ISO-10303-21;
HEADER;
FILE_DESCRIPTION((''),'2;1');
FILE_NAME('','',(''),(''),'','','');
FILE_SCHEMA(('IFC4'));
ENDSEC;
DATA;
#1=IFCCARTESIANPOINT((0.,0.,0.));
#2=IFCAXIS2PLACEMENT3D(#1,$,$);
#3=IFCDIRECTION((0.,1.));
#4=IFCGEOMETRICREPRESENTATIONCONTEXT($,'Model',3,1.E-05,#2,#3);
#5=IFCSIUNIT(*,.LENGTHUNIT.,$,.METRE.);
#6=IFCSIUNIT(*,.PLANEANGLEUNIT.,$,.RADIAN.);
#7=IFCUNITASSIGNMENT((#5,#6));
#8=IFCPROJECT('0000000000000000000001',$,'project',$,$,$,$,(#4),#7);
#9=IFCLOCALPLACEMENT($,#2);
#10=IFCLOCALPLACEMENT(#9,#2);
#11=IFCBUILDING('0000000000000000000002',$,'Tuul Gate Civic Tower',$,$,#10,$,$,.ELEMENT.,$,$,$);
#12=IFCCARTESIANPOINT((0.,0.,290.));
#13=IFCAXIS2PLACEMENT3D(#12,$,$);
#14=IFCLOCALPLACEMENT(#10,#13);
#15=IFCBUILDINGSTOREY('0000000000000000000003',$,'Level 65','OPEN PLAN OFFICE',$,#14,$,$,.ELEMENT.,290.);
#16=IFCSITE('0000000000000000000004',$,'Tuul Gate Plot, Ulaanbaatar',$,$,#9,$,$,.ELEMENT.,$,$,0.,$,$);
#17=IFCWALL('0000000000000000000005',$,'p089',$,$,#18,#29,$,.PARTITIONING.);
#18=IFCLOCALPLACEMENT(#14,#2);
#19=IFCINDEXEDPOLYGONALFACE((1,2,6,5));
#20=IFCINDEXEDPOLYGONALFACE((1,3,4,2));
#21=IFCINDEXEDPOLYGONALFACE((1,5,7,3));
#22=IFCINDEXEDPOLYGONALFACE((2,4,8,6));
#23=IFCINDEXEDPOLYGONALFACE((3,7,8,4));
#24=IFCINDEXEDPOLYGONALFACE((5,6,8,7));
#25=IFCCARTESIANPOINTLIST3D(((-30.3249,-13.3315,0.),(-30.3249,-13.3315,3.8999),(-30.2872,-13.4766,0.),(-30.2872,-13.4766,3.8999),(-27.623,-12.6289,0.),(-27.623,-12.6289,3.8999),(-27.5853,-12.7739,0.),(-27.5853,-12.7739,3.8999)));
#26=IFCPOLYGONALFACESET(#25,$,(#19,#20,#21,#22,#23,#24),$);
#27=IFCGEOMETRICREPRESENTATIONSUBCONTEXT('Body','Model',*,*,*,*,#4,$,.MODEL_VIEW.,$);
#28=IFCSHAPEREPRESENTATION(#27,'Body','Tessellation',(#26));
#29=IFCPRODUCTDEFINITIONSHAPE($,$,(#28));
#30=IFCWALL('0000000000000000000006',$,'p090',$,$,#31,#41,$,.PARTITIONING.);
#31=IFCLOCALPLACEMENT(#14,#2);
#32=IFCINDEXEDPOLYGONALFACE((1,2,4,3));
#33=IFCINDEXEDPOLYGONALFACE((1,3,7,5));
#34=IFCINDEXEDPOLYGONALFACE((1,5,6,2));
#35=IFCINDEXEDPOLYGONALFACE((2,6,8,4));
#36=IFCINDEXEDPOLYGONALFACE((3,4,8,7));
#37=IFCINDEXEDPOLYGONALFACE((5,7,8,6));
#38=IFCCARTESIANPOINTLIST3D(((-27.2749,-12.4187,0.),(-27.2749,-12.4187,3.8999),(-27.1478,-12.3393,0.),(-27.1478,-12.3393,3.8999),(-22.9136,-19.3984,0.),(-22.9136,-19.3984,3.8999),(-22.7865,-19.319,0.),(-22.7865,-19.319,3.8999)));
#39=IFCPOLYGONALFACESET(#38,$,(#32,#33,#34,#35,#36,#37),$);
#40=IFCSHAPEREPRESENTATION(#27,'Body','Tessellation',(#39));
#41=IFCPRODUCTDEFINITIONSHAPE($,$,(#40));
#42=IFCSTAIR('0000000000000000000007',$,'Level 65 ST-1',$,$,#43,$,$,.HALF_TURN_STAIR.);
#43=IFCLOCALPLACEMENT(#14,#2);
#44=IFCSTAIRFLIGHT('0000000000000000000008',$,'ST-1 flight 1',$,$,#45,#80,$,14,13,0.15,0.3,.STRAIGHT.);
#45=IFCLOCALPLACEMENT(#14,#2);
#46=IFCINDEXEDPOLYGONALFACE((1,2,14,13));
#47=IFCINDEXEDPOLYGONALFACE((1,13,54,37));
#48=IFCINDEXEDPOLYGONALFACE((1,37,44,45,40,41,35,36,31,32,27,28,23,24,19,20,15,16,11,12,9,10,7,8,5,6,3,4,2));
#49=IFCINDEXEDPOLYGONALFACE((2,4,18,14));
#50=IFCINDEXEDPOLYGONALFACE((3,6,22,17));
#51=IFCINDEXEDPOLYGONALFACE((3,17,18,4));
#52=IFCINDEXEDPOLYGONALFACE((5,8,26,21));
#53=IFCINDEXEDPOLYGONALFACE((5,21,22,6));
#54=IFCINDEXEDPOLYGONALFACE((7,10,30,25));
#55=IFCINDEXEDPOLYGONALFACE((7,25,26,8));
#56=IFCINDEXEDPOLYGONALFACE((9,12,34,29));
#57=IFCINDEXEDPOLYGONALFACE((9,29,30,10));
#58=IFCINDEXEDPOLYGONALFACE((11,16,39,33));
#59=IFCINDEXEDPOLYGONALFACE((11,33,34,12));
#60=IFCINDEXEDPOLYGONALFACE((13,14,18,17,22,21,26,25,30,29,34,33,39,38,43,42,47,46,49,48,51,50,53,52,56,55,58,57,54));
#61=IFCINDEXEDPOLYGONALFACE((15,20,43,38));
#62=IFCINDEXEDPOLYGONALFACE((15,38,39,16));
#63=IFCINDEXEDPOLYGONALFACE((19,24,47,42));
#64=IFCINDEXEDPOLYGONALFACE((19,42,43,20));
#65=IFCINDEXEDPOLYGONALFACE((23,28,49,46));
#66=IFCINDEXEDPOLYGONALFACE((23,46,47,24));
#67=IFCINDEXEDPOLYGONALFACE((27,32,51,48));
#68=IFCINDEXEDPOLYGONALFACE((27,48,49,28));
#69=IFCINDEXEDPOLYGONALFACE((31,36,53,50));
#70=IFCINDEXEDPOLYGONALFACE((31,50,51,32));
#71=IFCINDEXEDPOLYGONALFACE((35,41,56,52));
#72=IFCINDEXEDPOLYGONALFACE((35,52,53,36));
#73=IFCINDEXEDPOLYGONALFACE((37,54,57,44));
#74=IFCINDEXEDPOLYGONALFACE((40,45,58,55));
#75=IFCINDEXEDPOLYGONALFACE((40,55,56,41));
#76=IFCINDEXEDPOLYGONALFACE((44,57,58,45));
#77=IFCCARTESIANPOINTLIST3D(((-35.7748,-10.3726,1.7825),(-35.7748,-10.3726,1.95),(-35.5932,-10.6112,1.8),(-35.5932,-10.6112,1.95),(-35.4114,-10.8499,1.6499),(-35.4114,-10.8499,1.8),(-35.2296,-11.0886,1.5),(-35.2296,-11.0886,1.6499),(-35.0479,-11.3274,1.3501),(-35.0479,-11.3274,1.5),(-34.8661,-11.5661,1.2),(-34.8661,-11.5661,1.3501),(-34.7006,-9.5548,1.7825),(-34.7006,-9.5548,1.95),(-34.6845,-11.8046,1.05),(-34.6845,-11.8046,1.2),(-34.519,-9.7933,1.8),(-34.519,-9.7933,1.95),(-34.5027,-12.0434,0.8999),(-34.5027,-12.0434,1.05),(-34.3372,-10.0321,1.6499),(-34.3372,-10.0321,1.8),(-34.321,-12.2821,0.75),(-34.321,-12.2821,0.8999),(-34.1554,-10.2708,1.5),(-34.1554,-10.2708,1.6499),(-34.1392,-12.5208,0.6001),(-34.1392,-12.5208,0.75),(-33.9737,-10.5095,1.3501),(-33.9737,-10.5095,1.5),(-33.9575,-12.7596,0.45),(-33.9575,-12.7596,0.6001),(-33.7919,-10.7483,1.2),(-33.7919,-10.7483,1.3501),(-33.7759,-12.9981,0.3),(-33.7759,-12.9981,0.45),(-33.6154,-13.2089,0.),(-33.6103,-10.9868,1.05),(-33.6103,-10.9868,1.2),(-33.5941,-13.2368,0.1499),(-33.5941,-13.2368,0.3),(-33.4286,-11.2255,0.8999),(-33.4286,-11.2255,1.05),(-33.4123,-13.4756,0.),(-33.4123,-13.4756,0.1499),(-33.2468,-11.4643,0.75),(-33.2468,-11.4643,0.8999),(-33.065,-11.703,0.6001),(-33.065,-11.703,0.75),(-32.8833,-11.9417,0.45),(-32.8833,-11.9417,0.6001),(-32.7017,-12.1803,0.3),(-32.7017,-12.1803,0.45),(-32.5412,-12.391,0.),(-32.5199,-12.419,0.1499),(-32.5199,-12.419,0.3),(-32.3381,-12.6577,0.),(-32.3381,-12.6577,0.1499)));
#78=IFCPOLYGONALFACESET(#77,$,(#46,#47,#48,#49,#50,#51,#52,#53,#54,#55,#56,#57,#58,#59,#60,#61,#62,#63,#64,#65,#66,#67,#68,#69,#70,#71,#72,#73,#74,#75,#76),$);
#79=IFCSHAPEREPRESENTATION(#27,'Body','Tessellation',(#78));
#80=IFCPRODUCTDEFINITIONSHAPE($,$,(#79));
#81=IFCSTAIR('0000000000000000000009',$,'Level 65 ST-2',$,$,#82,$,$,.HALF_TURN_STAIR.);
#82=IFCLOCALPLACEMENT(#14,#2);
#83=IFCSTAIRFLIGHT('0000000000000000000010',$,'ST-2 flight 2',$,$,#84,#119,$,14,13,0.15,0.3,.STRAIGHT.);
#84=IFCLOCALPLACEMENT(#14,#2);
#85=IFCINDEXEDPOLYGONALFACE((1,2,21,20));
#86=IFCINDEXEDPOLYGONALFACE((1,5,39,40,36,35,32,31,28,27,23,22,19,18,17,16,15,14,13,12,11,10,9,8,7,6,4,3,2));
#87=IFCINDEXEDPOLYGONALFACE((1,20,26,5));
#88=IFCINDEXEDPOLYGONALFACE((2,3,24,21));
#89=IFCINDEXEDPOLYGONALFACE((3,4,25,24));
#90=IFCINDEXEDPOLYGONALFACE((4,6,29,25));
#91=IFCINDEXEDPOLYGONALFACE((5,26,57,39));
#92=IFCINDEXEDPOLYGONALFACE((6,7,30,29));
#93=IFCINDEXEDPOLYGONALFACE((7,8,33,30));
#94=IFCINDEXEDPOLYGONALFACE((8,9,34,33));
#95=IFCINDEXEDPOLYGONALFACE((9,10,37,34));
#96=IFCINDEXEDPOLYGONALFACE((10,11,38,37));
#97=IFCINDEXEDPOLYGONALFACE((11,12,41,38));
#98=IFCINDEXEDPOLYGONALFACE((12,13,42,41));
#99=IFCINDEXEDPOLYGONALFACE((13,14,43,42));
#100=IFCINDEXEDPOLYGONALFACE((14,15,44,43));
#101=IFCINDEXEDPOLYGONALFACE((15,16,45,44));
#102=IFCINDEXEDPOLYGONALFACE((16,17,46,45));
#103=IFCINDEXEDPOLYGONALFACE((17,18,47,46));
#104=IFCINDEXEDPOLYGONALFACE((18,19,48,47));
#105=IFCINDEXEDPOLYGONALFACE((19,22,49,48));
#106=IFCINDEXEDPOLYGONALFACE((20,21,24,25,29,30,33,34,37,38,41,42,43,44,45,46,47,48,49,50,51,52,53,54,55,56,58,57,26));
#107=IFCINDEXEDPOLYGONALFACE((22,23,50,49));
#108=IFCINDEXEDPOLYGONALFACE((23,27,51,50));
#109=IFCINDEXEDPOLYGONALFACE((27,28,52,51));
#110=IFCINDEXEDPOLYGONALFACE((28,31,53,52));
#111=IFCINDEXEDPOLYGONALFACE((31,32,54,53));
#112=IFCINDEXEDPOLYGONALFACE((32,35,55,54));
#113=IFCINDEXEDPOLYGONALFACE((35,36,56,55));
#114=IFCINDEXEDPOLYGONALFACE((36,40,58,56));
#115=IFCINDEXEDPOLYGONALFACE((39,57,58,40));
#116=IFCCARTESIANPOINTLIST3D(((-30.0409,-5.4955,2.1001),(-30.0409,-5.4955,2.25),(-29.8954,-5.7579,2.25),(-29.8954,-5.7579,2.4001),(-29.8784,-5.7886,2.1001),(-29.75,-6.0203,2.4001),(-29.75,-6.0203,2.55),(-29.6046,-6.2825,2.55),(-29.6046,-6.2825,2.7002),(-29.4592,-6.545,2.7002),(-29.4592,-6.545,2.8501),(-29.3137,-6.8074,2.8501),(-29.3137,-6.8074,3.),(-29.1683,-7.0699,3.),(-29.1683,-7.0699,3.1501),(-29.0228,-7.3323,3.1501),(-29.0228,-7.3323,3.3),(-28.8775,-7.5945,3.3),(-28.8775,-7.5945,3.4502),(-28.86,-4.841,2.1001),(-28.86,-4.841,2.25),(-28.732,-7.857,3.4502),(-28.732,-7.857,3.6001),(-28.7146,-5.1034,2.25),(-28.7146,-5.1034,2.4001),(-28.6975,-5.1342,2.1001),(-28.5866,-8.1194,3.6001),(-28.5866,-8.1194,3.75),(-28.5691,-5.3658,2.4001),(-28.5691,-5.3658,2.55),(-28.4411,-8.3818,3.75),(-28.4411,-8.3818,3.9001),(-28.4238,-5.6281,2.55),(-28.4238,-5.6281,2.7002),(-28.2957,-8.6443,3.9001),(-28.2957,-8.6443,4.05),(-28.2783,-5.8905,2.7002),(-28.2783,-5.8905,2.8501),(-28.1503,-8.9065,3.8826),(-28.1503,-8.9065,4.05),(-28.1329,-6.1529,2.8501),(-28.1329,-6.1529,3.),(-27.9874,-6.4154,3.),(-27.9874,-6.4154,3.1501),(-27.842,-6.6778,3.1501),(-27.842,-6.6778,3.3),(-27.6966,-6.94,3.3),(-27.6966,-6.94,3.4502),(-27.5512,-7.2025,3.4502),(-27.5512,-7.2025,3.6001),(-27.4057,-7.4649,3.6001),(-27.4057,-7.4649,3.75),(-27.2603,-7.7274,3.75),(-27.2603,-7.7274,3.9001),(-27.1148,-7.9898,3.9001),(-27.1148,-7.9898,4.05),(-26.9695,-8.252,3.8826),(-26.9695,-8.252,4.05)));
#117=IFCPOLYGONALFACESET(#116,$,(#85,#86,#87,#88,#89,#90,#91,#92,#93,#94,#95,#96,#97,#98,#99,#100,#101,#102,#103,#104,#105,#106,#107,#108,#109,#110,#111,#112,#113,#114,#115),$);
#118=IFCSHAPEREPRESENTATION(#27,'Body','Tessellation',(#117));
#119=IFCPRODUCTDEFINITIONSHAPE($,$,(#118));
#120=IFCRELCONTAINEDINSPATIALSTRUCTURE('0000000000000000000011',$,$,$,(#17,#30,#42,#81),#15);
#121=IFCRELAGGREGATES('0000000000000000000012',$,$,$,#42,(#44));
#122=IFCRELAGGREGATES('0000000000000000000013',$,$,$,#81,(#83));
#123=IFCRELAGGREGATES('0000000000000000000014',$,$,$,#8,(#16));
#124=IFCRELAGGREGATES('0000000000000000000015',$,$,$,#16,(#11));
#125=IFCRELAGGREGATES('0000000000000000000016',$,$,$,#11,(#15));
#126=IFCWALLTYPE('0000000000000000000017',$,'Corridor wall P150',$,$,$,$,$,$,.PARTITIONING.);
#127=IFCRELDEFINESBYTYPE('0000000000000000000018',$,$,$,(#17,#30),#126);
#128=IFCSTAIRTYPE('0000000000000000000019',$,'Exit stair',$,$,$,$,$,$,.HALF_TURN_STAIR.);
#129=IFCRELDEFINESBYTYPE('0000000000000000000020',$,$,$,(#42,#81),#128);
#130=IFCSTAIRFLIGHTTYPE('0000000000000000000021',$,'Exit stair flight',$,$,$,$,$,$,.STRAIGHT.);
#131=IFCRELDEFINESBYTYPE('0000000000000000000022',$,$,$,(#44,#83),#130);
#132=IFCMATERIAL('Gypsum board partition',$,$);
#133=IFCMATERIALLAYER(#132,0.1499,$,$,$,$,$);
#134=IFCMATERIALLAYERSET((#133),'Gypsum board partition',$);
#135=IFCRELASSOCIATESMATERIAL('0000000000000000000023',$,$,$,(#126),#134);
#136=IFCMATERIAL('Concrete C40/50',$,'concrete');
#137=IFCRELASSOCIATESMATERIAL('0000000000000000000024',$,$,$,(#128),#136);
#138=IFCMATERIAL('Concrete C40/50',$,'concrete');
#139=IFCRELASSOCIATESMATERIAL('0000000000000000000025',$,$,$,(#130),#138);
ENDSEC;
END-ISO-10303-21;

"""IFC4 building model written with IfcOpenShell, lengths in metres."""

from ifc_helpers import new_model, si_unit, direction, frame, frame_2d, origin, place, context, subcontext, project, spatial, polyline, rectangle, outline, extrude, material, layer, layer_set, type_object, element, aggregate, save


model = new_model("IFC4")

# Units and contexts
model_context = context("Model", 3, precision=1e-05, world=origin(), true_north=direction((0.0, 1.0)))
body_context = subcontext(model_context, "Body", "Model", "MODEL_VIEW")
ifc_project = project(units=[si_unit("LENGTHUNIT", "METRE"), si_unit("PLANEANGLEUNIT", "RADIAN")], contexts=[model_context])

# Site, building, storey
site_placement = place(None, origin())
site = spatial("IfcSite", under=ifc_project, at=site_placement, Name="Tuul Gate Plot, Ulaanbaatar", CompositionType="ELEMENT", RefElevation=0.0)
building_placement = place(site_placement, origin())
building = spatial("IfcBuilding", under=site, at=building_placement, Name="Tuul Gate Civic Tower", CompositionType="ELEMENT")
storey_placement = place(building_placement, frame((0.0, 0.0, 290.0)))
storey = spatial("IfcBuildingStorey", under=building, at=storey_placement, Name="Level 65", Description="OPEN PLAN OFFICE", CompositionType="ELEMENT", Elevation=290.0)

# Walls
ifc_material_1 = material(Name="Gypsum board partition")
ifc_layer_1 = layer(ifc_material_1, 0.1499)
ifc_layer_set_1 = layer_set([ifc_layer_1], Name="Gypsum board partition")
wall_type_1 = type_object("IfcWallType", Name="Corridor wall P150", PredefinedType="PARTITIONING", material=ifc_layer_set_1)
wall_1_placement = place(storey_placement, frame((-30.3062, -13.4041, 0.0), z_axis=(0.0, 0.0, 1.0), x_axis=(0.96781, 0.251681, 0.0)))
element("IfcWall", 1, at=wall_1_placement, inside=storey, type_object=wall_type_1, Name="p089", PredefinedType="PARTITIONING", context=body_context, shape_type="SweptSolid", body=[
    extrude(rectangle(XDim=2.7917, YDim=0.1499, at=frame_2d((1.396, 0.0))), origin(), (0.0, 0.0, 1.0), 3.8999),
])
wall_2_placement = place(storey_placement, frame((-27.2114, -12.3789, 0.0), z_axis=(0.0, 0.0, 1.0), x_axis=(0.529911, -0.848053, 0.0)))
element("IfcWall", 2, at=wall_2_placement, inside=storey, type_object=wall_type_1, Name="p090", PredefinedType="PARTITIONING", context=body_context, shape_type="SweptSolid", body=[
    extrude(rectangle(XDim=8.2302, YDim=0.1499, at=frame_2d((4.1152, 0.0))), origin(), (0.0, 0.0, 1.0), 3.8999),
])

# Stairs, stair flights
ifc_material_2 = material(Name="Concrete C40/50", Category="concrete")
stair_type = type_object("IfcStairType", Name="Exit stair", PredefinedType="HALF_TURN_STAIR", material=ifc_material_2)
stair_1_placement = place(storey_placement, origin())
stair_1 = element("IfcStair", 3, at=stair_1_placement, inside=storey, type_object=stair_type, Name="Level 65 ST-1", PredefinedType="HALF_TURN_STAIR")
ifc_material_3 = material(Name="Concrete C40/50", Category="concrete")
stair_flight_type = type_object("IfcStairFlightType", Name="Exit stair flight", PredefinedType="STRAIGHT", material=ifc_material_3)
stair_flight_1_placement = place(storey_placement, frame((-32.8752, -13.0667, 0.0), z_axis=(0.0, 0.0, 1.0), x_axis=(-0.605764, 0.795644, 0.0)))
stair_flight_1 = element("IfcStairFlight", 4, at=stair_flight_1_placement, type_object=stair_flight_type, Name="ST-1 flight 1", NumberOfRisers=14, NumberOfTreads=13, PredefinedType="STRAIGHT", RiserHeight=0.15, TreadLength=0.3, context=body_context, shape_type="SweptSolid", body=[
    extrude(outline(polyline([(0.0, 0.0), (0.0, 0.1499), (0.3, 0.1499), (0.3, 0.3), (0.6001, 0.3), (0.6001, 0.45), (0.8999, 0.45), (0.8999, 0.6001), (1.2, 0.6001), (1.2, 0.75), (1.5, 0.75), (1.5, 0.8999), (1.8, 0.8999), (1.8, 1.05), (2.1001, 1.05), (2.1001, 1.2), (2.3999, 1.2), (2.3999, 1.3501), (2.7, 1.3501), (2.7, 1.5), (3.0, 1.5), (3.0, 1.6499), (3.3, 1.6499), (3.3, 1.8), (3.6001, 1.8), (3.6001, 1.95), (3.8999, 1.95), (3.8999, 2.1001), (3.8999, 1.7825), (0.3352, 0.0), (0.0, 0.0)])), frame((0.0, 0.675, 0.0), z_axis=(0.0, -1.0, 0.0), x_axis=(1.0, 0.0, 0.0)), (0.0, 0.0, 1.0), 1.3501),
])
aggregate(stair_1, [stair_flight_1])
stair_2_placement = place(storey_placement, origin())
stair_2 = element("IfcStair", 5, at=stair_2_placement, inside=storey, type_object=stair_type, Name="Level 65 ST-2", PredefinedType="HALF_TURN_STAIR")
stair_flight_2_placement = place(storey_placement, frame((-29.4504, -5.1682, 2.1001), z_axis=(0.0, 0.0, 1.0), x_axis=(0.484762, -0.874646, 0.0)))
stair_flight_2 = element("IfcStairFlight", 6, at=stair_flight_2_placement, type_object=stair_flight_type, Name="ST-2 flight 2", NumberOfRisers=14, NumberOfTreads=13, PredefinedType="STRAIGHT", RiserHeight=0.15, TreadLength=0.3, context=body_context, shape_type="SweptSolid", body=[
    extrude(outline(polyline([(0.0, 0.0), (0.0, 0.1499), (0.3, 0.1499), (0.3, 0.3), (0.6001, 0.3), (0.6001, 0.45), (0.8999, 0.45), (0.8999, 0.6001), (1.2, 0.6001), (1.2, 0.75), (1.5, 0.75), (1.5, 0.8999), (1.8, 0.8999), (1.8, 1.05), (2.1001, 1.05), (2.1001, 1.2), (2.3999, 1.2), (2.3999, 1.3501), (2.7, 1.3501), (2.7, 1.5), (3.0, 1.5), (3.0, 1.6499), (3.3, 1.6499), (3.3, 1.8), (3.6001, 1.8), (3.6001, 1.95), (3.8999, 1.95), (3.8999, 2.1001), (3.8999, 1.7825), (0.3352, 0.0), (0.0, 0.0)])), frame((0.0, 0.675, 0.0), z_axis=(0.0, -1.0, 0.0), x_axis=(1.0, 0.0, 0.0)), (0.0, 0.0, 1.0), 1.3501),
])
aggregate(stair_2, [stair_flight_2])

save(model, "model.ifc")
